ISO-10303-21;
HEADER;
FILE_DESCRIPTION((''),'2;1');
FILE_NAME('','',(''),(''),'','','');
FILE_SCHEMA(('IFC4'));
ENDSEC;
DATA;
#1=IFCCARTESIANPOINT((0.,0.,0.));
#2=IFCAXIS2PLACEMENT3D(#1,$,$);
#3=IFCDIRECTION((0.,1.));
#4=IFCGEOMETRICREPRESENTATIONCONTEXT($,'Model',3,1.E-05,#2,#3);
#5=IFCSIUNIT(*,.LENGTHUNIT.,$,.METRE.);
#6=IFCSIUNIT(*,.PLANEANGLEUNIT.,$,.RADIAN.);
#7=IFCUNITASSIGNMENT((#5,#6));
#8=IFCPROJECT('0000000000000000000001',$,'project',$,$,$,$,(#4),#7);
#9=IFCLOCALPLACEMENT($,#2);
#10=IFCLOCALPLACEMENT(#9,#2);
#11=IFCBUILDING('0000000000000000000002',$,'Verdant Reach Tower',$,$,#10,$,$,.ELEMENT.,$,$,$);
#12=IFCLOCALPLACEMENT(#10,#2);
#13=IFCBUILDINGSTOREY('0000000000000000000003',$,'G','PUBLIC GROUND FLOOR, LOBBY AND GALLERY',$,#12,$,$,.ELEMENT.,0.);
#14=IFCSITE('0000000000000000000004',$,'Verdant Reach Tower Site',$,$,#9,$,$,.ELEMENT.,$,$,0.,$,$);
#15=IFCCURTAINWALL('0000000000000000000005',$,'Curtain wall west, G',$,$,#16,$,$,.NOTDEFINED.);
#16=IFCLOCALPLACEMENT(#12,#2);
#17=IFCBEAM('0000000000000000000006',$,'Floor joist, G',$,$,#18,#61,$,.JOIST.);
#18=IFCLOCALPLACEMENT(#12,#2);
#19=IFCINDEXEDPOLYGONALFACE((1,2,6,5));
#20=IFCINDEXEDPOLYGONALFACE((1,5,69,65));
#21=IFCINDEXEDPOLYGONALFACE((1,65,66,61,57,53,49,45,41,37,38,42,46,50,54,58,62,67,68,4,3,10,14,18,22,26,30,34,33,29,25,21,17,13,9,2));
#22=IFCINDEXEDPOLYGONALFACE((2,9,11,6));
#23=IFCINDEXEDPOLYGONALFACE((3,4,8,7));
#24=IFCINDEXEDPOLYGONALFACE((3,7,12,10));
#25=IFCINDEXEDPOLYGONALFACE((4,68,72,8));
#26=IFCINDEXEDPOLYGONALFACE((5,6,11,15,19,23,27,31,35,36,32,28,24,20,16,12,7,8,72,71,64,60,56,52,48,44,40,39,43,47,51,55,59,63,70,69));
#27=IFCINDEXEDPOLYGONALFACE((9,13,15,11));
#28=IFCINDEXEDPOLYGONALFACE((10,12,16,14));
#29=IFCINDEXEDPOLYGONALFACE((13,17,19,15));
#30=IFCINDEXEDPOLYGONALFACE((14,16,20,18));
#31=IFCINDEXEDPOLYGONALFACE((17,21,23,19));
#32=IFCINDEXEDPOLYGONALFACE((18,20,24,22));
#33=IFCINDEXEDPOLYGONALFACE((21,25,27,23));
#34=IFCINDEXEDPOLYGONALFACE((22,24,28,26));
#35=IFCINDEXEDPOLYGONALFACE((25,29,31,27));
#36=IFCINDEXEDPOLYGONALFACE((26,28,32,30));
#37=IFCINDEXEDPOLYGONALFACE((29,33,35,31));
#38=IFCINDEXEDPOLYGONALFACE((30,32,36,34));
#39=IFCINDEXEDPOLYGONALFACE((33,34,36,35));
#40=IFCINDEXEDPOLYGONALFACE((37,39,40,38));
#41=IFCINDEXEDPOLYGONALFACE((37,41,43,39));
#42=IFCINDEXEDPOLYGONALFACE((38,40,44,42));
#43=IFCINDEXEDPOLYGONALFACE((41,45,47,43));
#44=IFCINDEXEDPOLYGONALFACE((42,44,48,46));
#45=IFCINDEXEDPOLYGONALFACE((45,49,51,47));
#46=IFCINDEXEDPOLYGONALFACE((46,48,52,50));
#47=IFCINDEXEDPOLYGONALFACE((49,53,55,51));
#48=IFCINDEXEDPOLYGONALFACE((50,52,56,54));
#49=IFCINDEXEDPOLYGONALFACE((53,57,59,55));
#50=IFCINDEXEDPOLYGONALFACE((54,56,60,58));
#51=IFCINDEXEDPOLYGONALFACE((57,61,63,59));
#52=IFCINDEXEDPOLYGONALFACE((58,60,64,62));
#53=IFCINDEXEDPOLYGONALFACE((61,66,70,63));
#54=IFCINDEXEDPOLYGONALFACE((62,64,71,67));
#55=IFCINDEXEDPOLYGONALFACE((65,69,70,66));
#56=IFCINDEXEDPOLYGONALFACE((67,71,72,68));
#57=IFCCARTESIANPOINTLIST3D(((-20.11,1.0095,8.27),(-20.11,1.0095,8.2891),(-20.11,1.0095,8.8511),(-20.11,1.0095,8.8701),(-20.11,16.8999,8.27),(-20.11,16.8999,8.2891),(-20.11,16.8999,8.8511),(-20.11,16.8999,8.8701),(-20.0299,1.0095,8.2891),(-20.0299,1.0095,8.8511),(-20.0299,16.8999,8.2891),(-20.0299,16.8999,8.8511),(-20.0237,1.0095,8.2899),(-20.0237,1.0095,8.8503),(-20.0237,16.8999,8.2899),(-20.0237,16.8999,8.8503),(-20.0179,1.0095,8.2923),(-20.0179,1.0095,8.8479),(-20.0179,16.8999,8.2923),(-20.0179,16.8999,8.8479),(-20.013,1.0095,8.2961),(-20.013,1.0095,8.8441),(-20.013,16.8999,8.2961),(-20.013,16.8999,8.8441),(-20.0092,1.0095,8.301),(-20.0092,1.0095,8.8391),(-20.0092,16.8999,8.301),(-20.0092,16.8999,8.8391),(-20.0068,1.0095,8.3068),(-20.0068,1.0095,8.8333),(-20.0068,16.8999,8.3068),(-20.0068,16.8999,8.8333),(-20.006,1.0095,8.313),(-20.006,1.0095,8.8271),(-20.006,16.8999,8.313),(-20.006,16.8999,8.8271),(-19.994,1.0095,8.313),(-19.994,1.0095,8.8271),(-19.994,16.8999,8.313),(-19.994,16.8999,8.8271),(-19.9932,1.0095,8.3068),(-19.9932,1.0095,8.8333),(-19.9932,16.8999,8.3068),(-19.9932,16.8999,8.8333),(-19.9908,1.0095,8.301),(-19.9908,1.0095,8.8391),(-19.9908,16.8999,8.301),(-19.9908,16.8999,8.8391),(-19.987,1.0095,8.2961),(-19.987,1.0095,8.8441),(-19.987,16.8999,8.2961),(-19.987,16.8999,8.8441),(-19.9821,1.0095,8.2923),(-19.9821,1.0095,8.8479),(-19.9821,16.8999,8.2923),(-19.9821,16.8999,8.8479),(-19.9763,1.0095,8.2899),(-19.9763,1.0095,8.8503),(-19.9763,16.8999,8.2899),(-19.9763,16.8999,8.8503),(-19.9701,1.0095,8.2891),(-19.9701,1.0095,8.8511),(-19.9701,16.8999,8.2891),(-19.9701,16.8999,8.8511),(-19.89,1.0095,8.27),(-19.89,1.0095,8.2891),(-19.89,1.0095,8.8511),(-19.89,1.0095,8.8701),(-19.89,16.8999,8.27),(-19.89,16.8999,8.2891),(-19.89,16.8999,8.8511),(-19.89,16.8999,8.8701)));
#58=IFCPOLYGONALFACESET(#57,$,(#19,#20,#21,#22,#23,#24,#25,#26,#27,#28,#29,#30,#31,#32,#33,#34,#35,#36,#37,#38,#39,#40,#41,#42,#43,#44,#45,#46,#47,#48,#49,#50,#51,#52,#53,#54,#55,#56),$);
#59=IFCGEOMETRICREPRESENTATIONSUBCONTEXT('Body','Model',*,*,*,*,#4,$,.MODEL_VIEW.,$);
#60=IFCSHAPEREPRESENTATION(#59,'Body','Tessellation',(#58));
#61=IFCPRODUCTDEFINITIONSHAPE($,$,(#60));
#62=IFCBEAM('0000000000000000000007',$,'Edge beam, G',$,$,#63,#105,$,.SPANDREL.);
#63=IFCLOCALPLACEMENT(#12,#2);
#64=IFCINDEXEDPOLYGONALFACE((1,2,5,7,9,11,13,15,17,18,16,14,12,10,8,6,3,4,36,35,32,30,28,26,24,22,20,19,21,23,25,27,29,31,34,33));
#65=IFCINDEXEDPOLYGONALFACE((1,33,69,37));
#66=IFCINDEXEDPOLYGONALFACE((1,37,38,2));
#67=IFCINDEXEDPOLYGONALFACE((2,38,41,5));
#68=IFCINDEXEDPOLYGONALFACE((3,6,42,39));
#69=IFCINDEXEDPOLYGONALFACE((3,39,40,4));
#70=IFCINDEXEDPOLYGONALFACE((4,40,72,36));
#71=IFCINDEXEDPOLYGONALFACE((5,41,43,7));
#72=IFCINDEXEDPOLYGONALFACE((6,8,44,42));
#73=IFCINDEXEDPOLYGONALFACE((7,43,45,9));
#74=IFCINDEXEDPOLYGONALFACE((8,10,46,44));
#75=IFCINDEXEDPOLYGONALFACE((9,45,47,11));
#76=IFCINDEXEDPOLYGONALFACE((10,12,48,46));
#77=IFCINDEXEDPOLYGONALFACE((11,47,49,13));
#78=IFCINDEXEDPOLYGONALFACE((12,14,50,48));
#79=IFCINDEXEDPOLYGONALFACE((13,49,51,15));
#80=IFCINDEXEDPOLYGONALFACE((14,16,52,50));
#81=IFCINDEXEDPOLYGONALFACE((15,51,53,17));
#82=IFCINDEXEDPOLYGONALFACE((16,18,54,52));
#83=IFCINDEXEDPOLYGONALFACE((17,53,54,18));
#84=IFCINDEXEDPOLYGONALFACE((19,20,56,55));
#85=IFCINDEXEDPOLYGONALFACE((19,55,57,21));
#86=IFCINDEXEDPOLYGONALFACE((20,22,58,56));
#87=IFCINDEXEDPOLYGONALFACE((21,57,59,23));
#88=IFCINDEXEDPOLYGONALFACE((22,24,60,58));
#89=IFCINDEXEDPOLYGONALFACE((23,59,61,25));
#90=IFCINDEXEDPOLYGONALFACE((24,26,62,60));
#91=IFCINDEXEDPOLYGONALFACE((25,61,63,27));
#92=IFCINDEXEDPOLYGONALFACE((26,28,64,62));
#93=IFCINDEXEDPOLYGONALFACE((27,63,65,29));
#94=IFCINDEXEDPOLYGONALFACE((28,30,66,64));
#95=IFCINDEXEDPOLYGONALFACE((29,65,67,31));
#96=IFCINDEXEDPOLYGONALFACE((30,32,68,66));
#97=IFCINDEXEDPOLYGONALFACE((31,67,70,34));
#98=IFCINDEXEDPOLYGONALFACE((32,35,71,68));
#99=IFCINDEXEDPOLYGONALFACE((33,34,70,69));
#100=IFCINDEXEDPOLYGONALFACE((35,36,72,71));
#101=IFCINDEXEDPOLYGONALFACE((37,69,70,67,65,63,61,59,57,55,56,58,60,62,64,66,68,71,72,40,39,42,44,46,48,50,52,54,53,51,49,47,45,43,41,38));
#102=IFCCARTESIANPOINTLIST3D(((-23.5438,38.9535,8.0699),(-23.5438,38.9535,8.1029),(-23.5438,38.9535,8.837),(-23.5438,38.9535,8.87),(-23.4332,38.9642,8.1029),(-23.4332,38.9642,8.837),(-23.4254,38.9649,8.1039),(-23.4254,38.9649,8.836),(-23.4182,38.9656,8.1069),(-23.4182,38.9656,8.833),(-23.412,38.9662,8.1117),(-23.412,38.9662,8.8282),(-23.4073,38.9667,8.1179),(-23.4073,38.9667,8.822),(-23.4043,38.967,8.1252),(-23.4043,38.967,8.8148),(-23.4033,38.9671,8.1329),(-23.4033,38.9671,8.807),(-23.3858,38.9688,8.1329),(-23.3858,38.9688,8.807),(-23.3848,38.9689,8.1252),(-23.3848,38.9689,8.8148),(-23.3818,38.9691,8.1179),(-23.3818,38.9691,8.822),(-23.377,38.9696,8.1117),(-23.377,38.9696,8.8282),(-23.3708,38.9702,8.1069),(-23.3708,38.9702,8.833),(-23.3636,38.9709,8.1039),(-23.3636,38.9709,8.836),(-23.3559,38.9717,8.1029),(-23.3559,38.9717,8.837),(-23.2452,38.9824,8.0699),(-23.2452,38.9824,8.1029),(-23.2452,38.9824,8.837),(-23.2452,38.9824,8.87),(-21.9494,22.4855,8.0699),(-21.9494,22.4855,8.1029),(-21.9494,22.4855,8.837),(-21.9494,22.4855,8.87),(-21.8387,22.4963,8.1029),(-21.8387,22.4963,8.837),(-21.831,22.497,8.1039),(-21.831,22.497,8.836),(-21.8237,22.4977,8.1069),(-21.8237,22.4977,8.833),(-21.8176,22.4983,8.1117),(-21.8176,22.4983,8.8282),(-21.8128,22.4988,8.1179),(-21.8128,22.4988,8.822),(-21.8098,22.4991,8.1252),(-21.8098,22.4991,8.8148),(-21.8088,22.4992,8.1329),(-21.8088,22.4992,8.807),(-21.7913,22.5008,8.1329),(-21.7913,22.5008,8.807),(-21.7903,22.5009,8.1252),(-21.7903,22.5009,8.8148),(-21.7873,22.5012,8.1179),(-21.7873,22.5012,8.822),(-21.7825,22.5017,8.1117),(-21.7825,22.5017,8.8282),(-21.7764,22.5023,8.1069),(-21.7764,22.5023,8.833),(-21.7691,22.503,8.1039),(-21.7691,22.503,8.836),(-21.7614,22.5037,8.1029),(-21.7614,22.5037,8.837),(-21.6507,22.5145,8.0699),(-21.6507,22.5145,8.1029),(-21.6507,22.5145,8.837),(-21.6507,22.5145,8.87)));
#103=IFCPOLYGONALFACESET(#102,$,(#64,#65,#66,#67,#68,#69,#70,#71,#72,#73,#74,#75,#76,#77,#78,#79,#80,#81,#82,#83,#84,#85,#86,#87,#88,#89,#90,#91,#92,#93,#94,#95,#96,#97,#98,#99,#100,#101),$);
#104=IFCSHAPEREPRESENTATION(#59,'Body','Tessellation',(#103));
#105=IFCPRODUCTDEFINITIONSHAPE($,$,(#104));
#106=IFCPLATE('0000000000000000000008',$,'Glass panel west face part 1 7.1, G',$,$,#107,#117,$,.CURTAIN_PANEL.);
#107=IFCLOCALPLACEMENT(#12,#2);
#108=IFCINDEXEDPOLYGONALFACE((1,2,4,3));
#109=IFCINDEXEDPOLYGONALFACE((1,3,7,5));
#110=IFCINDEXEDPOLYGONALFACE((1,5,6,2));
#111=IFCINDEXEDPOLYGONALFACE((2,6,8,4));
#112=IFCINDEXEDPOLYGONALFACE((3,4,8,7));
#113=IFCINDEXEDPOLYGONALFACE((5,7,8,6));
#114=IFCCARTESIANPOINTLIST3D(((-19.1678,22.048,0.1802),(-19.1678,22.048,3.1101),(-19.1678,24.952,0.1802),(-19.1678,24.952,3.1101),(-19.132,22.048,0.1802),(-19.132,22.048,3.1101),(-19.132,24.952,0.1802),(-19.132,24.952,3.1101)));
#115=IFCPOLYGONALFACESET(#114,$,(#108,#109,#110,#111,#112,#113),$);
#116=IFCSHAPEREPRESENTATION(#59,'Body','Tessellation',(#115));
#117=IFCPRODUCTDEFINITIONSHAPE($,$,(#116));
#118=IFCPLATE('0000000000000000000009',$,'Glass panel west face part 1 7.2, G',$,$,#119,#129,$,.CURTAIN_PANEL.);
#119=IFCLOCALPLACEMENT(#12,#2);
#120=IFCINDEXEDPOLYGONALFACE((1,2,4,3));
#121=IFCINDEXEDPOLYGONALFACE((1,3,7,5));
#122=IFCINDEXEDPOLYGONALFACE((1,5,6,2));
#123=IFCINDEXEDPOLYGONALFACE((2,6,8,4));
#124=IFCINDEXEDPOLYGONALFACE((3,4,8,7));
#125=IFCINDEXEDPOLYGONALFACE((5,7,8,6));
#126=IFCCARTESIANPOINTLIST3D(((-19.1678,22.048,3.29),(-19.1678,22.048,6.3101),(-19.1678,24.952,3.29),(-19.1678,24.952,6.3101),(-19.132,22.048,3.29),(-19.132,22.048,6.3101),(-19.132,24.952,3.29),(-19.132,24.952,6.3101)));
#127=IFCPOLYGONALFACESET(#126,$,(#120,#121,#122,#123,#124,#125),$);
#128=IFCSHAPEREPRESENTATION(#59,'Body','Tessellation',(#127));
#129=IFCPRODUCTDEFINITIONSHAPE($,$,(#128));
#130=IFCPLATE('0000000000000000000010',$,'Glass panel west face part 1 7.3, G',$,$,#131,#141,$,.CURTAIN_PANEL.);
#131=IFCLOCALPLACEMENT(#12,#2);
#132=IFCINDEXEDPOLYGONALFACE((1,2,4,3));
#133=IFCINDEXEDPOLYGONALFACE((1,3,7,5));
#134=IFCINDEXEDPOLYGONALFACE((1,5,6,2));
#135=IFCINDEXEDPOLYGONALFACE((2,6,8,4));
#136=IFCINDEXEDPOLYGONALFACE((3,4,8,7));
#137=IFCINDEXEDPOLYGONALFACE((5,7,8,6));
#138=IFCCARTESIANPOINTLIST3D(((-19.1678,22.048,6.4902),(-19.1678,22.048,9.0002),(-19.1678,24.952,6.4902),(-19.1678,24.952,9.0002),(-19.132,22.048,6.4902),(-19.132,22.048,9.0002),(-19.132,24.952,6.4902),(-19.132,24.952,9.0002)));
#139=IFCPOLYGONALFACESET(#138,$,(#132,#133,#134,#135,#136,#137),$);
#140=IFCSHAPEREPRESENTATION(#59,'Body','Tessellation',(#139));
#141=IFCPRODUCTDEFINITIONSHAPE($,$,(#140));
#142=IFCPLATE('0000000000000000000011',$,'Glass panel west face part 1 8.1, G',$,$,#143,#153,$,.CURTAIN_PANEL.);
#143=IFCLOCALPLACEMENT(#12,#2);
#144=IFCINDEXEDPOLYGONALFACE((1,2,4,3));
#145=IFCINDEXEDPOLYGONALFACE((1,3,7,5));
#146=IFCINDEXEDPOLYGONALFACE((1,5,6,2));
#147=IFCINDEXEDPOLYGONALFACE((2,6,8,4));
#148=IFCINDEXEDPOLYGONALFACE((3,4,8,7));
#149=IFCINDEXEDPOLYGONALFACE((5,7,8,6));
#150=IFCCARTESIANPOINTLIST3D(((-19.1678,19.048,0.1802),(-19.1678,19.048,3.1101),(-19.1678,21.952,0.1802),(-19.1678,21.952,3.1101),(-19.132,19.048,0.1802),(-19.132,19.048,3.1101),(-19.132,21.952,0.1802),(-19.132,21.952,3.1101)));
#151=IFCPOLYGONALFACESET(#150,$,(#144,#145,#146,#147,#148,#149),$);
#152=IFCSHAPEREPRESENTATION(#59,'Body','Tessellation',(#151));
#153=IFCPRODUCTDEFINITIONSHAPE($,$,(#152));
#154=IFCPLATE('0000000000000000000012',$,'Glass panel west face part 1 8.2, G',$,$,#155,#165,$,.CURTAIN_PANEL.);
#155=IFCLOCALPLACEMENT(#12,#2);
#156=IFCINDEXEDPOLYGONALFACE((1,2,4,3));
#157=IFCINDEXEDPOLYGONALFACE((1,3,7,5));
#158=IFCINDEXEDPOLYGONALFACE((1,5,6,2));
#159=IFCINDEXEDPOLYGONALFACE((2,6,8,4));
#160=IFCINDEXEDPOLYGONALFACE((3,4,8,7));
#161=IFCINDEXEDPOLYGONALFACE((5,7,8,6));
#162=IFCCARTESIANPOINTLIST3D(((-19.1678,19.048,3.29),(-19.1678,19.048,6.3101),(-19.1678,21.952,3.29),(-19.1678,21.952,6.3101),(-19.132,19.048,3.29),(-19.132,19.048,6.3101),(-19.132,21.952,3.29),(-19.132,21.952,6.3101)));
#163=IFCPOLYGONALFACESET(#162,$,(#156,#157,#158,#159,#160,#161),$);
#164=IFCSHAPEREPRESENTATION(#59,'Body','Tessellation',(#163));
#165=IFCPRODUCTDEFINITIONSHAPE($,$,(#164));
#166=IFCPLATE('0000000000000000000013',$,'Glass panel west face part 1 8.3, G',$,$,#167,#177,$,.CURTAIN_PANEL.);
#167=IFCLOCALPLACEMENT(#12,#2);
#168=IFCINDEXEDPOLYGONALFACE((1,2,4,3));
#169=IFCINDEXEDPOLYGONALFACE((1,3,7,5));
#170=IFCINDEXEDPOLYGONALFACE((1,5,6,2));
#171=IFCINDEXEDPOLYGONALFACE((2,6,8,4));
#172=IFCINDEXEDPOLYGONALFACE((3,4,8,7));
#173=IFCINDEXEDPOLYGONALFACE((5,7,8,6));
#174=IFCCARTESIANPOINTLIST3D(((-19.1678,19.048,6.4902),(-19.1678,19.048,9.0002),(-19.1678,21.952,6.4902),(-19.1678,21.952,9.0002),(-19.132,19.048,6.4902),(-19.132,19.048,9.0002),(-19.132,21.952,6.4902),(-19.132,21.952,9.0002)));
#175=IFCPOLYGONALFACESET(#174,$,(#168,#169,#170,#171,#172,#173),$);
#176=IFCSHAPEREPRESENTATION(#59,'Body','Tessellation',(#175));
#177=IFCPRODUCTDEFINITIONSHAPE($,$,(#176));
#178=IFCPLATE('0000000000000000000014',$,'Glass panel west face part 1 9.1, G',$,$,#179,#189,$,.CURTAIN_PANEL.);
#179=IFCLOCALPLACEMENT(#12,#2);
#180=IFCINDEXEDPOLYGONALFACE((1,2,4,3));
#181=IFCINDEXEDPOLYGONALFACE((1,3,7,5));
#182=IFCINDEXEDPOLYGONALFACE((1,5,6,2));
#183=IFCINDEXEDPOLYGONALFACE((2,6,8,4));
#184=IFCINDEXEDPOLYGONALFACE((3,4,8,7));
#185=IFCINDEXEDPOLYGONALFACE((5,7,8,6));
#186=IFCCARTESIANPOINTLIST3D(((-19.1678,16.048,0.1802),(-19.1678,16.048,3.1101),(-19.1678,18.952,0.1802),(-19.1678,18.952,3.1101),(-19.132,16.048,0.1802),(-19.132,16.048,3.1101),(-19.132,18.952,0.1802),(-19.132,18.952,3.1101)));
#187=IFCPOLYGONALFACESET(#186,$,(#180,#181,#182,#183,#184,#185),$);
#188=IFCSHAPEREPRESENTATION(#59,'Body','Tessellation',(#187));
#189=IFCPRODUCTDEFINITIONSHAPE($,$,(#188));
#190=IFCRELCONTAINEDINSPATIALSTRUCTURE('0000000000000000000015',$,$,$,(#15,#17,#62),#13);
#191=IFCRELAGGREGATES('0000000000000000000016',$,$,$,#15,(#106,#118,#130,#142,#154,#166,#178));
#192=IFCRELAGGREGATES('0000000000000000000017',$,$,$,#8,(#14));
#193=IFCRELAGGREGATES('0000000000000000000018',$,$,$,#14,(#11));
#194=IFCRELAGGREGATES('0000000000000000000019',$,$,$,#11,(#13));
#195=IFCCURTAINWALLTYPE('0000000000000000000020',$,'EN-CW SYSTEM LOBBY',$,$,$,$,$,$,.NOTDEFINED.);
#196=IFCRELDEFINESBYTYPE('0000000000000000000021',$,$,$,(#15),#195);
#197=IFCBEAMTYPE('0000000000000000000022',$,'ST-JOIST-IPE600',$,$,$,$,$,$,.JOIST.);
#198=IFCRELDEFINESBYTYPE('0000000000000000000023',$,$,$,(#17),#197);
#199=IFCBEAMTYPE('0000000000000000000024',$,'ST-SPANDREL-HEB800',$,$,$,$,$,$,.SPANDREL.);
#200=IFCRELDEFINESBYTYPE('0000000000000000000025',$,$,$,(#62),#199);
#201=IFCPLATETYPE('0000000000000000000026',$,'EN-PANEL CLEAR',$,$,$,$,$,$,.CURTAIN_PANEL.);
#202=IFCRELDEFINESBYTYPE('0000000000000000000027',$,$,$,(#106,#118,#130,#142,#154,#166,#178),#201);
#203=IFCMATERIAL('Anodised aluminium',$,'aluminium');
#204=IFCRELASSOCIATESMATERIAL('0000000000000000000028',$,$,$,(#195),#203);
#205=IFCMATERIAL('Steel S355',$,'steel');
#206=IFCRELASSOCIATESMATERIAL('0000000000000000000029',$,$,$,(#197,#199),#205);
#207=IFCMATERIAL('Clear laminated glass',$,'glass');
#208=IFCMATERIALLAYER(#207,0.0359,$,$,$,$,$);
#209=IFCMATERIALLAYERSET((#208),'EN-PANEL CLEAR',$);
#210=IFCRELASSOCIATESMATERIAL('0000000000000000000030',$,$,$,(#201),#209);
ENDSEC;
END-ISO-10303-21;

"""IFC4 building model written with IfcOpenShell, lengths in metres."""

from ifc_helpers import new_model, si_unit, direction, frame, origin, origin_2d, place, context, subcontext, project, spatial, rectangle, i_section, extrude, material, layer, layer_set, material_profile, profile_set, type_object, element, aggregate, save


model = new_model("IFC4")

# Units and contexts
model_context = context("Model", 3, precision=1e-05, world=origin(), true_north=direction((0.0, 1.0)))
body_context = subcontext(model_context, "Body", "Model", "MODEL_VIEW")
ifc_project = project(units=[si_unit("LENGTHUNIT", "METRE"), si_unit("PLANEANGLEUNIT", "RADIAN")], contexts=[model_context])

# Site, building, storey
site_placement = place(None, origin())
site = spatial("IfcSite", under=ifc_project, at=site_placement, Name="Verdant Reach Tower Site", CompositionType="ELEMENT", RefElevation=0.0)
building_placement = place(site_placement, origin())
building = spatial("IfcBuilding", under=site, at=building_placement, Name="Verdant Reach Tower", CompositionType="ELEMENT")
storey_placement = place(building_placement, origin())
storey = spatial("IfcBuildingStorey", under=building, at=storey_placement, Name="G", Description="PUBLIC GROUND FLOOR, LOBBY AND GALLERY", CompositionType="ELEMENT", Elevation=0.0)

# Curtain wall
ifc_material_1 = material(Name="Anodised aluminium", Category="aluminium")
curtain_wall_type = type_object("IfcCurtainWallType", Name="EN-CW SYSTEM LOBBY", PredefinedType="NOTDEFINED", material=ifc_material_1)
curtain_wall_placement = place(storey_placement, origin())
curtain_wall = element("IfcCurtainWall", 1, at=curtain_wall_placement, inside=storey, type_object=curtain_wall_type, Name="Curtain wall west, G", PredefinedType="NOTDEFINED")

# Beams
ifc_material_2 = material(Name="Steel S355", Category="steel")
ifc_material_profile_1 = material_profile(ifc_material_2, i_section(OverallWidth=0.22, OverallDepth=0.6001, WebThickness=0.012, FlangeThickness=0.019, FilletRadius=0.0239, at=origin_2d()), Name="IPE 600")
ifc_profile_set_1 = profile_set([ifc_material_profile_1], Name="Steel S355")
beam_type_1 = type_object("IfcBeamType", Name="ST-JOIST-IPE600", PredefinedType="JOIST", material=ifc_profile_set_1)
beam_1_placement = place(storey_placement, frame((-20.0, 16.8999, 8.5701), z_axis=(0.0, -1.0, 0.0), x_axis=(1.0, 0.0, 0.0)))
element("IfcBeam", 2, at=beam_1_placement, inside=storey, type_object=beam_type_1, Name="Floor joist, G", PredefinedType="JOIST", context=body_context, shape_type="SweptSolid", body=[
    extrude(i_section(OverallWidth=0.22, OverallDepth=0.6001, WebThickness=0.012, FlangeThickness=0.019, FilletRadius=0.0239, at=origin_2d()), origin(), (0.0, 0.0, 1.0), 15.8904),
])
ifc_material_profile_2 = material_profile(ifc_material_2, i_section(OverallWidth=0.3, OverallDepth=0.8, WebThickness=0.0176, FlangeThickness=0.033, FilletRadius=0.03, at=origin_2d()), Name="HEB 800")
ifc_profile_set_2 = profile_set([ifc_material_profile_2], Name="Steel S355")
beam_type_2 = type_object("IfcBeamType", Name="ST-SPANDREL-HEB800", PredefinedType="SPANDREL", material=ifc_profile_set_2)
beam_2_placement = place(storey_placement, frame((-21.8, 22.5, 8.47), z_axis=(-0.096372, 0.995345, 0.0), x_axis=(-0.995345, -0.096372, 0.0)))
element("IfcBeam", 3, at=beam_2_placement, inside=storey, type_object=beam_type_2, Name="Edge beam, G", PredefinedType="SPANDREL", context=body_context, shape_type="SweptSolid", body=[
    extrude(i_section(OverallWidth=0.3, OverallDepth=0.8, WebThickness=0.0176, FlangeThickness=0.033, FilletRadius=0.03, at=origin_2d()), origin(), (0.0, 0.0, 1.0), 16.5449),
])

# Plates
ifc_material_3 = material(Name="Clear laminated glass", Category="glass")
ifc_layer = layer(ifc_material_3, 0.0359)
ifc_layer_set = layer_set([ifc_layer], Name="EN-PANEL CLEAR")
plate_type = type_object("IfcPlateType", Name="EN-PANEL CLEAR", PredefinedType="CURTAIN_PANEL", material=ifc_layer_set)
plate_1_placement = place(storey_placement, frame((-19.1499, 23.5, 0.1802), z_axis=(0.0, 0.0, 1.0), x_axis=(0.0, -1.0, 0.0)))
plate_1 = element("IfcPlate", 4, at=plate_1_placement, type_object=plate_type, Name="Glass panel west face part 1 7.1, G", PredefinedType="CURTAIN_PANEL", context=body_context, shape_type="SweptSolid", body=[
    extrude(rectangle(XDim=2.9041, YDim=0.0359, at=origin_2d()), origin(), (0.0, 0.0, 1.0), 2.9299),
])
plate_2_placement = place(storey_placement, frame((-19.1499, 23.5, 3.29), z_axis=(0.0, 0.0, 1.0), x_axis=(0.0, -1.0, 0.0)))
plate_2 = element("IfcPlate", 5, at=plate_2_placement, type_object=plate_type, Name="Glass panel west face part 1 7.2, G", PredefinedType="CURTAIN_PANEL", context=body_context, shape_type="SweptSolid", body=[
    extrude(rectangle(XDim=2.9041, YDim=0.0359, at=origin_2d()), origin(), (0.0, 0.0, 1.0), 3.02),
])
plate_3_placement = place(storey_placement, frame((-19.1499, 23.5, 6.4902), z_axis=(0.0, 0.0, 1.0), x_axis=(0.0, -1.0, 0.0)))
plate_3 = element("IfcPlate", 6, at=plate_3_placement, type_object=plate_type, Name="Glass panel west face part 1 7.3, G", PredefinedType="CURTAIN_PANEL", context=body_context, shape_type="SweptSolid", body=[
    extrude(rectangle(XDim=2.9041, YDim=0.0359, at=origin_2d()), origin(), (0.0, 0.0, 1.0), 2.51),
])
plate_4_placement = place(storey_placement, frame((-19.1499, 20.5, 0.1802), z_axis=(0.0, 0.0, 1.0), x_axis=(0.0, -1.0, 0.0)))
plate_4 = element("IfcPlate", 7, at=plate_4_placement, type_object=plate_type, Name="Glass panel west face part 1 8.1, G", PredefinedType="CURTAIN_PANEL", context=body_context, shape_type="SweptSolid", body=[
    extrude(rectangle(XDim=2.9041, YDim=0.0359, at=origin_2d()), origin(), (0.0, 0.0, 1.0), 2.9299),
])
plate_5_placement = place(storey_placement, frame((-19.1499, 20.5, 3.29), z_axis=(0.0, 0.0, 1.0), x_axis=(0.0, -1.0, 0.0)))
plate_5 = element("IfcPlate", 8, at=plate_5_placement, type_object=plate_type, Name="Glass panel west face part 1 8.2, G", PredefinedType="CURTAIN_PANEL", context=body_context, shape_type="SweptSolid", body=[
    extrude(rectangle(XDim=2.9041, YDim=0.0359, at=origin_2d()), origin(), (0.0, 0.0, 1.0), 3.02),
])
plate_6_placement = place(storey_placement, frame((-19.1499, 20.5, 6.4902), z_axis=(0.0, 0.0, 1.0), x_axis=(0.0, -1.0, 0.0)))
plate_6 = element("IfcPlate", 9, at=plate_6_placement, type_object=plate_type, Name="Glass panel west face part 1 8.3, G", PredefinedType="CURTAIN_PANEL", context=body_context, shape_type="SweptSolid", body=[
    extrude(rectangle(XDim=2.9041, YDim=0.0359, at=origin_2d()), origin(), (0.0, 0.0, 1.0), 2.51),
])
plate_7_placement = place(storey_placement, frame((-19.1499, 17.5, 0.1802), z_axis=(0.0, 0.0, 1.0), x_axis=(0.0, -1.0, 0.0)))
plate_7 = element("IfcPlate", 10, at=plate_7_placement, type_object=plate_type, Name="Glass panel west face part 1 9.1, G", PredefinedType="CURTAIN_PANEL", context=body_context, shape_type="SweptSolid", body=[
    extrude(rectangle(XDim=2.9041, YDim=0.0359, at=origin_2d()), origin(), (0.0, 0.0, 1.0), 2.9299),
])
aggregate(curtain_wall, [plate_1, plate_2, plate_3, plate_4, plate_5, plate_6, plate_7])

save(model, "model.ifc")
